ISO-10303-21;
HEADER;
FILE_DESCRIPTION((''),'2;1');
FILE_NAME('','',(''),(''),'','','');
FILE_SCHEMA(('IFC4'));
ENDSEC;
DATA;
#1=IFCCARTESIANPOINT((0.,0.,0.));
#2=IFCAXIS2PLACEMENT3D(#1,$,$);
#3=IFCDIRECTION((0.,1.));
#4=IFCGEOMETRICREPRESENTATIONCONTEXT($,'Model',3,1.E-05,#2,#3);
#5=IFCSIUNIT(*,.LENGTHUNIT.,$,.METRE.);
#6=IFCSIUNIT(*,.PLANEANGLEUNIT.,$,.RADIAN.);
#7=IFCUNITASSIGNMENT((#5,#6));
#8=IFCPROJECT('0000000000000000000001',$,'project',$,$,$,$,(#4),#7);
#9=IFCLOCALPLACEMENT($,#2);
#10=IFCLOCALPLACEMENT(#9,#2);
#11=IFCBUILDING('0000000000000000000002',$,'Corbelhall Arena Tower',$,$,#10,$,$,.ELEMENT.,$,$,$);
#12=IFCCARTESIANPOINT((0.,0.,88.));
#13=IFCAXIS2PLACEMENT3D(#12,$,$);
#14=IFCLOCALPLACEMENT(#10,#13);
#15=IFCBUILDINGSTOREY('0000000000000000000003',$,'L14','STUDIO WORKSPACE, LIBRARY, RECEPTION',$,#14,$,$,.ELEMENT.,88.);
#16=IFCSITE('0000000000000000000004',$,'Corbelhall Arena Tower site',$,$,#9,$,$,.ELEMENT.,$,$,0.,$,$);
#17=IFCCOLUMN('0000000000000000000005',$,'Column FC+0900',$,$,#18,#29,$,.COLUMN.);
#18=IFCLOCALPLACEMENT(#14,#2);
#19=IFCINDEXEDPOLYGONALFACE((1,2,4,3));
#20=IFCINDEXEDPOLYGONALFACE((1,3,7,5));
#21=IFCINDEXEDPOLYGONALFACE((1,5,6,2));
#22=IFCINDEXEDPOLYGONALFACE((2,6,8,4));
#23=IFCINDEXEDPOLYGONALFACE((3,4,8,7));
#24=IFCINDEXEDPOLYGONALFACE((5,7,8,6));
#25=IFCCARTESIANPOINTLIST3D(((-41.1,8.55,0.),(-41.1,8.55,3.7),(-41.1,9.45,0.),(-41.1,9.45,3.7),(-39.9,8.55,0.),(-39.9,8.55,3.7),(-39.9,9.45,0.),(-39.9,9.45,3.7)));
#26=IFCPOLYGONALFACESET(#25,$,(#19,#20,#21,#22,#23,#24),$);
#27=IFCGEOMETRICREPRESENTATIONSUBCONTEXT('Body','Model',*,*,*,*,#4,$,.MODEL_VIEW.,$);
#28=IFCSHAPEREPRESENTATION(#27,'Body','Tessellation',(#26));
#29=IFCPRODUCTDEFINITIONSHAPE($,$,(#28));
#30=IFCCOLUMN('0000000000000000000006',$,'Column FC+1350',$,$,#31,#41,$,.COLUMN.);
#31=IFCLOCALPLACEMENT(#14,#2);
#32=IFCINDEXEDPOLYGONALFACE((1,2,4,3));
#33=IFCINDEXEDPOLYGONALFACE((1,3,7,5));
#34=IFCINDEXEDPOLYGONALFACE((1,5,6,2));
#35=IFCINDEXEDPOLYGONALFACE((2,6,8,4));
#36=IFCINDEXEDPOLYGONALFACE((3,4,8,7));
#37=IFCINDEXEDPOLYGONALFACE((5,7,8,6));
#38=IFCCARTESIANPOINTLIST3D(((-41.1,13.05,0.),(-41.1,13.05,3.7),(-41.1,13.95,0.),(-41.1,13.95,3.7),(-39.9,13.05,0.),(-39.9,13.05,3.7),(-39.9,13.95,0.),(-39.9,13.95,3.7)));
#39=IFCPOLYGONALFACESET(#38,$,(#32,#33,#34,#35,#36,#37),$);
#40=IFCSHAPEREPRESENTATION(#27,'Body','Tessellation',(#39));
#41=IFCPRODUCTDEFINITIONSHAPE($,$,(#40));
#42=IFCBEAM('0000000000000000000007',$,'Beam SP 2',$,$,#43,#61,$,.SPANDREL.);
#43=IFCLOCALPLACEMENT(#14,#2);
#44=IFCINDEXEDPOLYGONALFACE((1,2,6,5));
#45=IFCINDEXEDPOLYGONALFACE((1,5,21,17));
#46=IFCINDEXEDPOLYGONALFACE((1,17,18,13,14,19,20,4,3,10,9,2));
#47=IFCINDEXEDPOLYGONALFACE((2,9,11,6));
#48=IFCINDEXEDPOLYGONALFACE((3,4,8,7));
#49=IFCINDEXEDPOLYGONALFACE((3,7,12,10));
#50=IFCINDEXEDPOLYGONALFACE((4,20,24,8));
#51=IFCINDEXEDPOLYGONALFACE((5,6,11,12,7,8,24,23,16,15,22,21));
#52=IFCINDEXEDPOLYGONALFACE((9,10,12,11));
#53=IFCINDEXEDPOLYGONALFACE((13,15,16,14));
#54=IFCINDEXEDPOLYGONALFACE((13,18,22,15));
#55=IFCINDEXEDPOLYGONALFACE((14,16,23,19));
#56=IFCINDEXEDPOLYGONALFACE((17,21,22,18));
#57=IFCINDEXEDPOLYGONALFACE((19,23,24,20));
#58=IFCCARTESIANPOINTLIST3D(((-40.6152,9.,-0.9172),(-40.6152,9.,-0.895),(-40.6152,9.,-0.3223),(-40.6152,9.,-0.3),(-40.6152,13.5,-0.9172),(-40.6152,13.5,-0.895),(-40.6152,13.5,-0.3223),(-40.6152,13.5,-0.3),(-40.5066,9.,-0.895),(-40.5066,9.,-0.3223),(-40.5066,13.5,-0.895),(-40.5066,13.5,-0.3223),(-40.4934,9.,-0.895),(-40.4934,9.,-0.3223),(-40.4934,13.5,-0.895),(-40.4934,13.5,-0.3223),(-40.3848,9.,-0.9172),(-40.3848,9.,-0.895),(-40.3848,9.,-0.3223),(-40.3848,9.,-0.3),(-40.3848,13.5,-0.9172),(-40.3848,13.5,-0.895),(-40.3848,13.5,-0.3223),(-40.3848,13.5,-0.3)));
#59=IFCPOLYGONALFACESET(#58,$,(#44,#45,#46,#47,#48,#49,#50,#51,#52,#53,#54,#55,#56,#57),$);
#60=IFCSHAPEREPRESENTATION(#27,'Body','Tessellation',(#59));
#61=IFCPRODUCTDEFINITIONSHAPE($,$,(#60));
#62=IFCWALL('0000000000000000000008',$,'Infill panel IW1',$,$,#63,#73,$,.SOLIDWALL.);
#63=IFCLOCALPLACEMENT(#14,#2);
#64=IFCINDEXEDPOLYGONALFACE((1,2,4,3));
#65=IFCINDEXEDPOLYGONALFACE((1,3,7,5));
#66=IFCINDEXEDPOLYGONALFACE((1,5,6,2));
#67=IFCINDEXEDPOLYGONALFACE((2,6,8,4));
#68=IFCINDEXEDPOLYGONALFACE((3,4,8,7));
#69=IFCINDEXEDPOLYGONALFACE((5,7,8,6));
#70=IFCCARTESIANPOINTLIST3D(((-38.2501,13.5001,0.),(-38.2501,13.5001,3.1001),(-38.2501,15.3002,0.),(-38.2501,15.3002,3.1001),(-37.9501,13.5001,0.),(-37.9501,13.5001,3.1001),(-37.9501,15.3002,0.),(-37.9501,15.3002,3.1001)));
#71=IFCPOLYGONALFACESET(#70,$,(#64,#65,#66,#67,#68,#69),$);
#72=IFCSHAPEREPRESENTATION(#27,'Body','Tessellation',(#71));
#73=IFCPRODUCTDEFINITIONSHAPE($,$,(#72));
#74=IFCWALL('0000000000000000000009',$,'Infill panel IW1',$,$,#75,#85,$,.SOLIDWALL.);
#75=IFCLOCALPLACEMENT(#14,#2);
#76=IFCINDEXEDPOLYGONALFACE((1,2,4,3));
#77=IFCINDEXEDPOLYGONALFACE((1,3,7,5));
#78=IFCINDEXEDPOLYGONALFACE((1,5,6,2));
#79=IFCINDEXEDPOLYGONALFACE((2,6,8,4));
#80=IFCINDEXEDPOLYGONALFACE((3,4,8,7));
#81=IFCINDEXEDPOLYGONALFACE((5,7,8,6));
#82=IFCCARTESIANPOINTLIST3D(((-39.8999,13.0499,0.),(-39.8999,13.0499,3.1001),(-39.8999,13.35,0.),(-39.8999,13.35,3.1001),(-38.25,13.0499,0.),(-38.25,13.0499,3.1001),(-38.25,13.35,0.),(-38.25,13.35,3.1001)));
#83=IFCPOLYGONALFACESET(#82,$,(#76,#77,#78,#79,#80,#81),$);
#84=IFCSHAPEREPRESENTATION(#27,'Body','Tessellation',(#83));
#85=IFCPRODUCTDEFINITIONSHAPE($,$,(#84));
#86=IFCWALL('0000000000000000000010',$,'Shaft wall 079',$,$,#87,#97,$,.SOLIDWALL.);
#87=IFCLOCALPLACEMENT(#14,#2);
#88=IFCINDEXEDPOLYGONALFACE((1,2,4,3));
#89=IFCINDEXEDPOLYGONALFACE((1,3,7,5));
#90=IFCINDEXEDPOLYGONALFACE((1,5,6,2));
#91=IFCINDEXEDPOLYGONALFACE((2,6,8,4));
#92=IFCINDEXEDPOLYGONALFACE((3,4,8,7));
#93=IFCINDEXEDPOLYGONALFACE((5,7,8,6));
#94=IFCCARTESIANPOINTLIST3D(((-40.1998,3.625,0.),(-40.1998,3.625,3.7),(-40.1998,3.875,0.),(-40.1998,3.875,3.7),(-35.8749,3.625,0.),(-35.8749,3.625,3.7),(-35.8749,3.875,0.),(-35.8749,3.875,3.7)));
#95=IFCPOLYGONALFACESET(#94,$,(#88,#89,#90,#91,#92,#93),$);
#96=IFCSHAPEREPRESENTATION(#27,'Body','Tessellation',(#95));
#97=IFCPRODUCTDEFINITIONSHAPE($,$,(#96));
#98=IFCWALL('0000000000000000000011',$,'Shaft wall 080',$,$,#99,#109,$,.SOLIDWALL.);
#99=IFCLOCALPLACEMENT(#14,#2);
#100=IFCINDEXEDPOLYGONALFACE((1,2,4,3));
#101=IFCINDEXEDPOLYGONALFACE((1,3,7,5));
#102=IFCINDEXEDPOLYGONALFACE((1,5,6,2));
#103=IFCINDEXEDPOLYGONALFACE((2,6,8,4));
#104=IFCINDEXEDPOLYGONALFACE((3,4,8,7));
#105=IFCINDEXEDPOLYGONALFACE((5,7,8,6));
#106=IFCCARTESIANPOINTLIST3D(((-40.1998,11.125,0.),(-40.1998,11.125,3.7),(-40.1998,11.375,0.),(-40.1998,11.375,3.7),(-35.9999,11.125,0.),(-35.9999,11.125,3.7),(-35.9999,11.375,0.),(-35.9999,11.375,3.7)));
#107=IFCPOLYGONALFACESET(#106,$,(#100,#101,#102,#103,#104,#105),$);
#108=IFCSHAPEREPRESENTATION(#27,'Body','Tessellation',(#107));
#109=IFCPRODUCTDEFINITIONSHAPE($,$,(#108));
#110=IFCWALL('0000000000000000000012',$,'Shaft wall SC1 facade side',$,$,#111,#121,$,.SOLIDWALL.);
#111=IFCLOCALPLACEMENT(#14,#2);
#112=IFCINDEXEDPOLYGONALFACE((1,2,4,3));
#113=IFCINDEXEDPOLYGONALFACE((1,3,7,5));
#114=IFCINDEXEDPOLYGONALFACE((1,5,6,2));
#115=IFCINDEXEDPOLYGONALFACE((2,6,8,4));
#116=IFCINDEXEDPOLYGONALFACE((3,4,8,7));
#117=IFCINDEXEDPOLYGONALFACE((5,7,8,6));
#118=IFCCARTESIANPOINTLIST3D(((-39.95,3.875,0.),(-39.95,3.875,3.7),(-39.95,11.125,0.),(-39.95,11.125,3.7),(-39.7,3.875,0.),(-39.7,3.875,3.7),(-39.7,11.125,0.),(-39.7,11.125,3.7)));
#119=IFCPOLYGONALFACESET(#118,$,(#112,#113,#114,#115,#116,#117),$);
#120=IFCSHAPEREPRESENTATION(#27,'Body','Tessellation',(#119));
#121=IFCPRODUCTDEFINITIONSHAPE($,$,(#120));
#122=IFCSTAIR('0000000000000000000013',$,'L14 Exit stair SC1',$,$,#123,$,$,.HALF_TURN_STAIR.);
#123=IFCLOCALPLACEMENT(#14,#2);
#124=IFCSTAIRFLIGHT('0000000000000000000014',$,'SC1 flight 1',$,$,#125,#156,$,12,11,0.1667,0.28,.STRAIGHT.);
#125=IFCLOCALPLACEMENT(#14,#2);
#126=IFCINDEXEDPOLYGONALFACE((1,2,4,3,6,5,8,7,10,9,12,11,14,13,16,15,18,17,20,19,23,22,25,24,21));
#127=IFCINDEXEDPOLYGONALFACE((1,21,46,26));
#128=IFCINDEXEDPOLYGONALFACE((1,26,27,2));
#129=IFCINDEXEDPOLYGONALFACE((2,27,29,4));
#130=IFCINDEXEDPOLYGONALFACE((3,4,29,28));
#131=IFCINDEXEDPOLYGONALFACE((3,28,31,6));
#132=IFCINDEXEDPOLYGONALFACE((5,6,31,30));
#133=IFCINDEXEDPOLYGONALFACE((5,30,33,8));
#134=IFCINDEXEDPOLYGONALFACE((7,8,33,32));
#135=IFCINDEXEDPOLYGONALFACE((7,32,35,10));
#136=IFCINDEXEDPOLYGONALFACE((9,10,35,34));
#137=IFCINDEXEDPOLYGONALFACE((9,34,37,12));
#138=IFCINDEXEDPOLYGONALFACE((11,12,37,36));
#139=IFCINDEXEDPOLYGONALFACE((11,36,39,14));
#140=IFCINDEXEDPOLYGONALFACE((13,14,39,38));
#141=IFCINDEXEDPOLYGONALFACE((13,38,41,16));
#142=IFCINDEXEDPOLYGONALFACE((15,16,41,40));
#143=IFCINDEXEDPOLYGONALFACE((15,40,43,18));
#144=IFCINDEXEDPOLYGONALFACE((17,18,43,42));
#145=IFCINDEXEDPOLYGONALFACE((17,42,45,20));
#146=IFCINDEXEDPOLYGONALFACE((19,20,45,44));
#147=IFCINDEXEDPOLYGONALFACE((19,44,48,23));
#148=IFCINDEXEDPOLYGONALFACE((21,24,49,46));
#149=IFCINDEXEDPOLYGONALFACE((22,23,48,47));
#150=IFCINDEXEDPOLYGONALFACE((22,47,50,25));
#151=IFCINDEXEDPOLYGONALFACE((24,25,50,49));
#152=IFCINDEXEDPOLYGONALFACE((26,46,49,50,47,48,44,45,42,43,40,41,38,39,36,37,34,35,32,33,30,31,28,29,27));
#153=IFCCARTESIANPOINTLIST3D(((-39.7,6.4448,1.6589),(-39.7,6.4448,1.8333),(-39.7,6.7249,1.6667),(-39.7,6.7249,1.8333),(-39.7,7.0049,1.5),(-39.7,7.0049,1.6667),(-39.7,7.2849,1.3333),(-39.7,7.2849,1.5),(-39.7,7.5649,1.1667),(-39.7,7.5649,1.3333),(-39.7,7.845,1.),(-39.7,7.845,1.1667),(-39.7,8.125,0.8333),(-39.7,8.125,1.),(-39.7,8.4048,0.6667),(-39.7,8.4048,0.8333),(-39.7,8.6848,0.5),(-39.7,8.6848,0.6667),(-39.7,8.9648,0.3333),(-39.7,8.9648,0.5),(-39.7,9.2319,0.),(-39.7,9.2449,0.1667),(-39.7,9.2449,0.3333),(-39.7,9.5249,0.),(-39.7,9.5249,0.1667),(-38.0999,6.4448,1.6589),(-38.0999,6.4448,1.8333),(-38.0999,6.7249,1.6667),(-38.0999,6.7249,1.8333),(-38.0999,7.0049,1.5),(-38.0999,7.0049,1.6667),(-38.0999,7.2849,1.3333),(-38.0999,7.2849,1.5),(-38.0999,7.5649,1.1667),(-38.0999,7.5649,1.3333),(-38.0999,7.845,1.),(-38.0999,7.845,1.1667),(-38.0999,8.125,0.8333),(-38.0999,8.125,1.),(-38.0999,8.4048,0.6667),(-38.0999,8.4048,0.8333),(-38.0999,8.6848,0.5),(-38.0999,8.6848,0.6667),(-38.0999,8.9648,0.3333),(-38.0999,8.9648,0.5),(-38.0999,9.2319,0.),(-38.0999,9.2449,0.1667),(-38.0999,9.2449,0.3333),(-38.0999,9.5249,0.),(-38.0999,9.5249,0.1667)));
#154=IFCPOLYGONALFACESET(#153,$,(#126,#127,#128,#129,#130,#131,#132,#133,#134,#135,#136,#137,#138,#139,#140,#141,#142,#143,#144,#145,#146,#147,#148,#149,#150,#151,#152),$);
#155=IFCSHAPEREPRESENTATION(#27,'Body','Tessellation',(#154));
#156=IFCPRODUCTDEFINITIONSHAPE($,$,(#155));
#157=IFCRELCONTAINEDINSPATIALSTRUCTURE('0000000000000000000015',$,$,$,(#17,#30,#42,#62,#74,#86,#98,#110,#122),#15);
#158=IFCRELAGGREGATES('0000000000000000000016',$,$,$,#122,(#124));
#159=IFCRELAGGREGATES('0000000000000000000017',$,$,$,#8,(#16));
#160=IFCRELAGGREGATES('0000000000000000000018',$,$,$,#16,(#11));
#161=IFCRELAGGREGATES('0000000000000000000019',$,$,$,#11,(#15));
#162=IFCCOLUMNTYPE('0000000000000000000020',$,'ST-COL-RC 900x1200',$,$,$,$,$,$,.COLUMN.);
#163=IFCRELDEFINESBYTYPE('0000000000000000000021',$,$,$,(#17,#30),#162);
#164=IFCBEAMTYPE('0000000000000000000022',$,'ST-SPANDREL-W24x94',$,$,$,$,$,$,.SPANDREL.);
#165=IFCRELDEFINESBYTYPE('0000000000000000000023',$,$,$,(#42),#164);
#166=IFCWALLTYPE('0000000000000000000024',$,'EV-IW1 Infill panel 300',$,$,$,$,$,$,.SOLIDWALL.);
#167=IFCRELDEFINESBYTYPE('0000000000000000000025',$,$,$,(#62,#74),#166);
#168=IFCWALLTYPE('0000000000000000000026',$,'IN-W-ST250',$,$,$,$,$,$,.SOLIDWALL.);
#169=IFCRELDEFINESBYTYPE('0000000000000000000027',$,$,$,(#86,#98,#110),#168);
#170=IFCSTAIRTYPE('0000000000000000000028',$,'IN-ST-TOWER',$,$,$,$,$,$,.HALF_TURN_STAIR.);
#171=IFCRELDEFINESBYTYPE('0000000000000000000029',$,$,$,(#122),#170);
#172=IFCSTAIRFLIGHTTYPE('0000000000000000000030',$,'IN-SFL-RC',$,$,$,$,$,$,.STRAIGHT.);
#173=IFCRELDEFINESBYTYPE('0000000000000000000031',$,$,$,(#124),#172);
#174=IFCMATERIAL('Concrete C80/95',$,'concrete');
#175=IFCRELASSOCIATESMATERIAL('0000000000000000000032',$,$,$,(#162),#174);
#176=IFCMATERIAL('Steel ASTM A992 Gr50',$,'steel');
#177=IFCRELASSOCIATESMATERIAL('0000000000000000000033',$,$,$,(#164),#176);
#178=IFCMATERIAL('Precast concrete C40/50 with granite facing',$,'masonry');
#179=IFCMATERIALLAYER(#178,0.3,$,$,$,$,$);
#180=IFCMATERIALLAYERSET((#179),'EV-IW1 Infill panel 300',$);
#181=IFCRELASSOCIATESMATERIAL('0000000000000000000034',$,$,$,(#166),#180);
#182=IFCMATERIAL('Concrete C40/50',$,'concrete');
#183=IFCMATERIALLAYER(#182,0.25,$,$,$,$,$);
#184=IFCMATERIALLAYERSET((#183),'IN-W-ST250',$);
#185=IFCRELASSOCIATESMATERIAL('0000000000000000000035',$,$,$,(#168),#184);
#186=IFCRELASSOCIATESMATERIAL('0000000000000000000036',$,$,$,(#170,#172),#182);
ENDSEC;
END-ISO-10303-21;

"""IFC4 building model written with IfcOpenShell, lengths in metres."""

from ifc_helpers import new_model, si_unit, direction, frame, frame_2d, origin, origin_2d, place, context, subcontext, project, spatial, polyline, rectangle, i_section, outline, extrude, material, layer, layer_set, material_profile, profile_set, type_object, element, aggregate, save


model = new_model("IFC4")

# Units and contexts
model_context = context("Model", 3, precision=1e-05, world=origin(), true_north=direction((0.0, 1.0)))
body_context = subcontext(model_context, "Body", "Model", "MODEL_VIEW")
ifc_project = project(units=[si_unit("LENGTHUNIT", "METRE"), si_unit("PLANEANGLEUNIT", "RADIAN")], contexts=[model_context])

# Site, building, storey
site_placement = place(None, origin())
site = spatial("IfcSite", under=ifc_project, at=site_placement, Name="Corbelhall Arena Tower site", CompositionType="ELEMENT", RefElevation=0.0)
building_placement = place(site_placement, origin())
building = spatial("IfcBuilding", under=site, at=building_placement, Name="Corbelhall Arena Tower", CompositionType="ELEMENT")
storey_placement = place(building_placement, frame((0.0, 0.0, 88.0)))
storey = spatial("IfcBuildingStorey", under=building, at=storey_placement, Name="L14", Description="STUDIO WORKSPACE, LIBRARY, RECEPTION", CompositionType="ELEMENT", Elevation=88.0)

# Columns
ifc_material_1 = material(Name="Concrete C80/95", Category="concrete")
ifc_material_profile_1 = material_profile(ifc_material_1, rectangle(XDim=0.8999, YDim=1.2, at=origin_2d()))
ifc_profile_set_1 = profile_set([ifc_material_profile_1], Name="Concrete C80/95")
column_type = type_object("IfcColumnType", Name="ST-COL-RC 900x1200", PredefinedType="COLUMN", material=ifc_profile_set_1)
for number, where, z_axis, x_axis, name in (
    (1, (-40.5, 9.0, 0.0), (0.0, 0.0, 1.0), (0.0, 1.0, 0.0), "Column FC+0900"),
    (2, (-40.5, 13.5, 0.0), (0.0, 0.0, 1.0), (0.0, 1.0, 0.0), "Column FC+1350"),
):
    element("IfcColumn", number, at=place(storey_placement, frame(where, z_axis=z_axis, x_axis=x_axis)), inside=storey, type_object=column_type, Name=name, PredefinedType="COLUMN", context=body_context, shape_type="SweptSolid", body=[
        extrude(rectangle(XDim=0.8999, YDim=1.2, at=origin_2d()), origin(), (0.0, 0.0, 1.0), 3.7),
    ])

# Beam
ifc_material_2 = material(Name="Steel ASTM A992 Gr50", Category="steel")
ifc_material_profile_2 = material_profile(ifc_material_2, i_section(OverallWidth=0.2305, OverallDepth=0.6172, WebThickness=0.0132, FlangeThickness=0.0222, at=origin_2d()))
ifc_profile_set_2 = profile_set([ifc_material_profile_2], Name="Steel ASTM A992 Gr50")
beam_type = type_object("IfcBeamType", Name="ST-SPANDREL-W24x94", PredefinedType="SPANDREL", material=ifc_profile_set_2)
beam_placement = place(storey_placement, frame((-40.5, 9.0, -0.6086), z_axis=(0.0, 1.0, 0.0), x_axis=(-1.0, 0.0, 0.0)))
element("IfcBeam", 3, at=beam_placement, inside=storey, type_object=beam_type, Name="Beam SP 2", PredefinedType="SPANDREL", context=body_context, shape_type="SweptSolid", body=[
    extrude(i_section(OverallWidth=0.2305, OverallDepth=0.6172, WebThickness=0.0132, FlangeThickness=0.0222, at=origin_2d()), origin(), (0.0, 0.0, 1.0), 4.5),
])

# Walls
ifc_material_3 = material(Name="Precast concrete C40/50 with granite facing", Category="masonry")
ifc_layer_1 = layer(ifc_material_3, 0.3)
ifc_layer_set_1 = layer_set([ifc_layer_1], Name="EV-IW1 Infill panel 300")
wall_type_1 = type_object("IfcWallType", Name="EV-IW1 Infill panel 300", PredefinedType="SOLIDWALL", material=ifc_layer_set_1)
wall_1_placement = place(storey_placement, frame((-38.1001, 15.3, 0.0), z_axis=(0.0, 0.0, 1.0), x_axis=(0.0, -1.0, 0.0)))
element("IfcWall", 4, at=wall_1_placement, inside=storey, type_object=wall_type_1, Name="Infill panel IW1", PredefinedType="SOLIDWALL", context=body_context, shape_type="SweptSolid", body=[
    extrude(rectangle(XDim=1.8, YDim=0.3, at=frame_2d((0.8999, 0.0))), origin(), (0.0, 0.0, 1.0), 3.1001),
])
wall_2_placement = place(storey_placement, frame((-39.8999, 13.2, 0.0), z_axis=(0.0, 0.0, 1.0), x_axis=(1.0, 0.0, 0.0)))
element("IfcWall", 5, at=wall_2_placement, inside=storey, type_object=wall_type_1, Name="Infill panel IW1", PredefinedType="SOLIDWALL", context=body_context, shape_type="SweptSolid", body=[
    extrude(rectangle(XDim=1.6499, YDim=0.3, at=frame_2d((0.825, 0.0))), origin(), (0.0, 0.0, 1.0), 3.1001),
])

# Walls
ifc_material_4 = material(Name="Concrete C40/50", Category="concrete")
ifc_layer_2 = layer(ifc_material_4, 0.25)
ifc_layer_set_2 = layer_set([ifc_layer_2], Name="IN-W-ST250")
wall_type_2 = type_object("IfcWallType", Name="IN-W-ST250", PredefinedType="SOLIDWALL", material=ifc_layer_set_2)
wall_3_placement = place(storey_placement, frame((-40.2, 3.75, 0.0), z_axis=(0.0, 0.0, 1.0), x_axis=(1.0, 0.0, 0.0)))
element("IfcWall", 6, at=wall_3_placement, inside=storey, type_object=wall_type_2, Name="Shaft wall 079", PredefinedType="SOLIDWALL", context=body_context, shape_type="SweptSolid", body=[
    extrude(rectangle(XDim=4.325, YDim=0.25, at=frame_2d((2.1626, 0.0))), origin(), (0.0, 0.0, 1.0), 3.7),
])
wall_4_placement = place(storey_placement, frame((-40.2, 11.25, 0.0), z_axis=(0.0, 0.0, 1.0), x_axis=(1.0, 0.0, 0.0)))
element("IfcWall", 7, at=wall_4_placement, inside=storey, type_object=wall_type_2, Name="Shaft wall 080", PredefinedType="SOLIDWALL", context=body_context, shape_type="SweptSolid", body=[
    extrude(rectangle(XDim=4.2, YDim=0.25, at=frame_2d((2.1001, 0.0))), origin(), (0.0, 0.0, 1.0), 3.7),
])
wall_5_placement = place(storey_placement, frame((-39.825, 3.875, 0.0), z_axis=(0.0, 0.0, 1.0), x_axis=(0.0, 1.0, 0.0)))
element("IfcWall", 8, at=wall_5_placement, inside=storey, type_object=wall_type_2, Name="Shaft wall SC1 facade side", PredefinedType="SOLIDWALL", context=body_context, shape_type="SweptSolid", body=[
    extrude(rectangle(XDim=7.25, YDim=0.25, at=frame_2d((3.625, 0.0))), origin(), (0.0, 0.0, 1.0), 3.7),
])

# Stair, stair flight
stair_type = type_object("IfcStairType", Name="IN-ST-TOWER", PredefinedType="HALF_TURN_STAIR", material=ifc_material_4)
stair_placement = place(storey_placement, origin())
stair = element("IfcStair", 9, at=stair_placement, inside=storey, type_object=stair_type, Name="L14 Exit stair SC1", PredefinedType="HALF_TURN_STAIR")
stair_flight_type = type_object("IfcStairFlightType", Name="IN-SFL-RC", PredefinedType="STRAIGHT", material=ifc_material_4)
stair_flight_placement = place(storey_placement, frame((-38.8999, 9.5249, 0.0), z_axis=(0.0, 0.0, 1.0), x_axis=(0.0, -1.0, 0.0)))
stair_flight = element("IfcStairFlight", 10, at=stair_flight_placement, type_object=stair_flight_type, Name="SC1 flight 1", NumberOfRisers=12, NumberOfTreads=11, PredefinedType="STRAIGHT", RiserHeight=0.1667, TreadLength=0.28, context=body_context, shape_type="SweptSolid", body=[
    extrude(outline(polyline([(0.0, 0.0), (0.0, 0.1667), (0.28, 0.1667), (0.28, 0.3333), (0.5601, 0.3333), (0.5601, 0.5), (0.8401, 0.5), (0.8401, 0.6667), (1.1201, 0.6667), (1.1201, 0.8333), (1.3999, 0.8333), (1.3999, 1.0), (1.6799, 1.0), (1.6799, 1.1667), (1.96, 1.1667), (1.96, 1.3333), (2.24, 1.3333), (2.24, 1.5), (2.52, 1.5), (2.52, 1.6667), (2.8, 1.6667), (2.8, 1.8333), (3.0801, 1.8333), (3.0801, 2.0), (3.0801, 1.6589), (0.293, 0.0), (0.0, 0.0)])), frame((0.0, 0.8, 0.0), z_axis=(0.0, -1.0, 0.0), x_axis=(1.0, 0.0, 0.0)), (0.0, 0.0, 1.0), 1.6001),
])
aggregate(stair, [stair_flight])

save(model, "model.ifc")
